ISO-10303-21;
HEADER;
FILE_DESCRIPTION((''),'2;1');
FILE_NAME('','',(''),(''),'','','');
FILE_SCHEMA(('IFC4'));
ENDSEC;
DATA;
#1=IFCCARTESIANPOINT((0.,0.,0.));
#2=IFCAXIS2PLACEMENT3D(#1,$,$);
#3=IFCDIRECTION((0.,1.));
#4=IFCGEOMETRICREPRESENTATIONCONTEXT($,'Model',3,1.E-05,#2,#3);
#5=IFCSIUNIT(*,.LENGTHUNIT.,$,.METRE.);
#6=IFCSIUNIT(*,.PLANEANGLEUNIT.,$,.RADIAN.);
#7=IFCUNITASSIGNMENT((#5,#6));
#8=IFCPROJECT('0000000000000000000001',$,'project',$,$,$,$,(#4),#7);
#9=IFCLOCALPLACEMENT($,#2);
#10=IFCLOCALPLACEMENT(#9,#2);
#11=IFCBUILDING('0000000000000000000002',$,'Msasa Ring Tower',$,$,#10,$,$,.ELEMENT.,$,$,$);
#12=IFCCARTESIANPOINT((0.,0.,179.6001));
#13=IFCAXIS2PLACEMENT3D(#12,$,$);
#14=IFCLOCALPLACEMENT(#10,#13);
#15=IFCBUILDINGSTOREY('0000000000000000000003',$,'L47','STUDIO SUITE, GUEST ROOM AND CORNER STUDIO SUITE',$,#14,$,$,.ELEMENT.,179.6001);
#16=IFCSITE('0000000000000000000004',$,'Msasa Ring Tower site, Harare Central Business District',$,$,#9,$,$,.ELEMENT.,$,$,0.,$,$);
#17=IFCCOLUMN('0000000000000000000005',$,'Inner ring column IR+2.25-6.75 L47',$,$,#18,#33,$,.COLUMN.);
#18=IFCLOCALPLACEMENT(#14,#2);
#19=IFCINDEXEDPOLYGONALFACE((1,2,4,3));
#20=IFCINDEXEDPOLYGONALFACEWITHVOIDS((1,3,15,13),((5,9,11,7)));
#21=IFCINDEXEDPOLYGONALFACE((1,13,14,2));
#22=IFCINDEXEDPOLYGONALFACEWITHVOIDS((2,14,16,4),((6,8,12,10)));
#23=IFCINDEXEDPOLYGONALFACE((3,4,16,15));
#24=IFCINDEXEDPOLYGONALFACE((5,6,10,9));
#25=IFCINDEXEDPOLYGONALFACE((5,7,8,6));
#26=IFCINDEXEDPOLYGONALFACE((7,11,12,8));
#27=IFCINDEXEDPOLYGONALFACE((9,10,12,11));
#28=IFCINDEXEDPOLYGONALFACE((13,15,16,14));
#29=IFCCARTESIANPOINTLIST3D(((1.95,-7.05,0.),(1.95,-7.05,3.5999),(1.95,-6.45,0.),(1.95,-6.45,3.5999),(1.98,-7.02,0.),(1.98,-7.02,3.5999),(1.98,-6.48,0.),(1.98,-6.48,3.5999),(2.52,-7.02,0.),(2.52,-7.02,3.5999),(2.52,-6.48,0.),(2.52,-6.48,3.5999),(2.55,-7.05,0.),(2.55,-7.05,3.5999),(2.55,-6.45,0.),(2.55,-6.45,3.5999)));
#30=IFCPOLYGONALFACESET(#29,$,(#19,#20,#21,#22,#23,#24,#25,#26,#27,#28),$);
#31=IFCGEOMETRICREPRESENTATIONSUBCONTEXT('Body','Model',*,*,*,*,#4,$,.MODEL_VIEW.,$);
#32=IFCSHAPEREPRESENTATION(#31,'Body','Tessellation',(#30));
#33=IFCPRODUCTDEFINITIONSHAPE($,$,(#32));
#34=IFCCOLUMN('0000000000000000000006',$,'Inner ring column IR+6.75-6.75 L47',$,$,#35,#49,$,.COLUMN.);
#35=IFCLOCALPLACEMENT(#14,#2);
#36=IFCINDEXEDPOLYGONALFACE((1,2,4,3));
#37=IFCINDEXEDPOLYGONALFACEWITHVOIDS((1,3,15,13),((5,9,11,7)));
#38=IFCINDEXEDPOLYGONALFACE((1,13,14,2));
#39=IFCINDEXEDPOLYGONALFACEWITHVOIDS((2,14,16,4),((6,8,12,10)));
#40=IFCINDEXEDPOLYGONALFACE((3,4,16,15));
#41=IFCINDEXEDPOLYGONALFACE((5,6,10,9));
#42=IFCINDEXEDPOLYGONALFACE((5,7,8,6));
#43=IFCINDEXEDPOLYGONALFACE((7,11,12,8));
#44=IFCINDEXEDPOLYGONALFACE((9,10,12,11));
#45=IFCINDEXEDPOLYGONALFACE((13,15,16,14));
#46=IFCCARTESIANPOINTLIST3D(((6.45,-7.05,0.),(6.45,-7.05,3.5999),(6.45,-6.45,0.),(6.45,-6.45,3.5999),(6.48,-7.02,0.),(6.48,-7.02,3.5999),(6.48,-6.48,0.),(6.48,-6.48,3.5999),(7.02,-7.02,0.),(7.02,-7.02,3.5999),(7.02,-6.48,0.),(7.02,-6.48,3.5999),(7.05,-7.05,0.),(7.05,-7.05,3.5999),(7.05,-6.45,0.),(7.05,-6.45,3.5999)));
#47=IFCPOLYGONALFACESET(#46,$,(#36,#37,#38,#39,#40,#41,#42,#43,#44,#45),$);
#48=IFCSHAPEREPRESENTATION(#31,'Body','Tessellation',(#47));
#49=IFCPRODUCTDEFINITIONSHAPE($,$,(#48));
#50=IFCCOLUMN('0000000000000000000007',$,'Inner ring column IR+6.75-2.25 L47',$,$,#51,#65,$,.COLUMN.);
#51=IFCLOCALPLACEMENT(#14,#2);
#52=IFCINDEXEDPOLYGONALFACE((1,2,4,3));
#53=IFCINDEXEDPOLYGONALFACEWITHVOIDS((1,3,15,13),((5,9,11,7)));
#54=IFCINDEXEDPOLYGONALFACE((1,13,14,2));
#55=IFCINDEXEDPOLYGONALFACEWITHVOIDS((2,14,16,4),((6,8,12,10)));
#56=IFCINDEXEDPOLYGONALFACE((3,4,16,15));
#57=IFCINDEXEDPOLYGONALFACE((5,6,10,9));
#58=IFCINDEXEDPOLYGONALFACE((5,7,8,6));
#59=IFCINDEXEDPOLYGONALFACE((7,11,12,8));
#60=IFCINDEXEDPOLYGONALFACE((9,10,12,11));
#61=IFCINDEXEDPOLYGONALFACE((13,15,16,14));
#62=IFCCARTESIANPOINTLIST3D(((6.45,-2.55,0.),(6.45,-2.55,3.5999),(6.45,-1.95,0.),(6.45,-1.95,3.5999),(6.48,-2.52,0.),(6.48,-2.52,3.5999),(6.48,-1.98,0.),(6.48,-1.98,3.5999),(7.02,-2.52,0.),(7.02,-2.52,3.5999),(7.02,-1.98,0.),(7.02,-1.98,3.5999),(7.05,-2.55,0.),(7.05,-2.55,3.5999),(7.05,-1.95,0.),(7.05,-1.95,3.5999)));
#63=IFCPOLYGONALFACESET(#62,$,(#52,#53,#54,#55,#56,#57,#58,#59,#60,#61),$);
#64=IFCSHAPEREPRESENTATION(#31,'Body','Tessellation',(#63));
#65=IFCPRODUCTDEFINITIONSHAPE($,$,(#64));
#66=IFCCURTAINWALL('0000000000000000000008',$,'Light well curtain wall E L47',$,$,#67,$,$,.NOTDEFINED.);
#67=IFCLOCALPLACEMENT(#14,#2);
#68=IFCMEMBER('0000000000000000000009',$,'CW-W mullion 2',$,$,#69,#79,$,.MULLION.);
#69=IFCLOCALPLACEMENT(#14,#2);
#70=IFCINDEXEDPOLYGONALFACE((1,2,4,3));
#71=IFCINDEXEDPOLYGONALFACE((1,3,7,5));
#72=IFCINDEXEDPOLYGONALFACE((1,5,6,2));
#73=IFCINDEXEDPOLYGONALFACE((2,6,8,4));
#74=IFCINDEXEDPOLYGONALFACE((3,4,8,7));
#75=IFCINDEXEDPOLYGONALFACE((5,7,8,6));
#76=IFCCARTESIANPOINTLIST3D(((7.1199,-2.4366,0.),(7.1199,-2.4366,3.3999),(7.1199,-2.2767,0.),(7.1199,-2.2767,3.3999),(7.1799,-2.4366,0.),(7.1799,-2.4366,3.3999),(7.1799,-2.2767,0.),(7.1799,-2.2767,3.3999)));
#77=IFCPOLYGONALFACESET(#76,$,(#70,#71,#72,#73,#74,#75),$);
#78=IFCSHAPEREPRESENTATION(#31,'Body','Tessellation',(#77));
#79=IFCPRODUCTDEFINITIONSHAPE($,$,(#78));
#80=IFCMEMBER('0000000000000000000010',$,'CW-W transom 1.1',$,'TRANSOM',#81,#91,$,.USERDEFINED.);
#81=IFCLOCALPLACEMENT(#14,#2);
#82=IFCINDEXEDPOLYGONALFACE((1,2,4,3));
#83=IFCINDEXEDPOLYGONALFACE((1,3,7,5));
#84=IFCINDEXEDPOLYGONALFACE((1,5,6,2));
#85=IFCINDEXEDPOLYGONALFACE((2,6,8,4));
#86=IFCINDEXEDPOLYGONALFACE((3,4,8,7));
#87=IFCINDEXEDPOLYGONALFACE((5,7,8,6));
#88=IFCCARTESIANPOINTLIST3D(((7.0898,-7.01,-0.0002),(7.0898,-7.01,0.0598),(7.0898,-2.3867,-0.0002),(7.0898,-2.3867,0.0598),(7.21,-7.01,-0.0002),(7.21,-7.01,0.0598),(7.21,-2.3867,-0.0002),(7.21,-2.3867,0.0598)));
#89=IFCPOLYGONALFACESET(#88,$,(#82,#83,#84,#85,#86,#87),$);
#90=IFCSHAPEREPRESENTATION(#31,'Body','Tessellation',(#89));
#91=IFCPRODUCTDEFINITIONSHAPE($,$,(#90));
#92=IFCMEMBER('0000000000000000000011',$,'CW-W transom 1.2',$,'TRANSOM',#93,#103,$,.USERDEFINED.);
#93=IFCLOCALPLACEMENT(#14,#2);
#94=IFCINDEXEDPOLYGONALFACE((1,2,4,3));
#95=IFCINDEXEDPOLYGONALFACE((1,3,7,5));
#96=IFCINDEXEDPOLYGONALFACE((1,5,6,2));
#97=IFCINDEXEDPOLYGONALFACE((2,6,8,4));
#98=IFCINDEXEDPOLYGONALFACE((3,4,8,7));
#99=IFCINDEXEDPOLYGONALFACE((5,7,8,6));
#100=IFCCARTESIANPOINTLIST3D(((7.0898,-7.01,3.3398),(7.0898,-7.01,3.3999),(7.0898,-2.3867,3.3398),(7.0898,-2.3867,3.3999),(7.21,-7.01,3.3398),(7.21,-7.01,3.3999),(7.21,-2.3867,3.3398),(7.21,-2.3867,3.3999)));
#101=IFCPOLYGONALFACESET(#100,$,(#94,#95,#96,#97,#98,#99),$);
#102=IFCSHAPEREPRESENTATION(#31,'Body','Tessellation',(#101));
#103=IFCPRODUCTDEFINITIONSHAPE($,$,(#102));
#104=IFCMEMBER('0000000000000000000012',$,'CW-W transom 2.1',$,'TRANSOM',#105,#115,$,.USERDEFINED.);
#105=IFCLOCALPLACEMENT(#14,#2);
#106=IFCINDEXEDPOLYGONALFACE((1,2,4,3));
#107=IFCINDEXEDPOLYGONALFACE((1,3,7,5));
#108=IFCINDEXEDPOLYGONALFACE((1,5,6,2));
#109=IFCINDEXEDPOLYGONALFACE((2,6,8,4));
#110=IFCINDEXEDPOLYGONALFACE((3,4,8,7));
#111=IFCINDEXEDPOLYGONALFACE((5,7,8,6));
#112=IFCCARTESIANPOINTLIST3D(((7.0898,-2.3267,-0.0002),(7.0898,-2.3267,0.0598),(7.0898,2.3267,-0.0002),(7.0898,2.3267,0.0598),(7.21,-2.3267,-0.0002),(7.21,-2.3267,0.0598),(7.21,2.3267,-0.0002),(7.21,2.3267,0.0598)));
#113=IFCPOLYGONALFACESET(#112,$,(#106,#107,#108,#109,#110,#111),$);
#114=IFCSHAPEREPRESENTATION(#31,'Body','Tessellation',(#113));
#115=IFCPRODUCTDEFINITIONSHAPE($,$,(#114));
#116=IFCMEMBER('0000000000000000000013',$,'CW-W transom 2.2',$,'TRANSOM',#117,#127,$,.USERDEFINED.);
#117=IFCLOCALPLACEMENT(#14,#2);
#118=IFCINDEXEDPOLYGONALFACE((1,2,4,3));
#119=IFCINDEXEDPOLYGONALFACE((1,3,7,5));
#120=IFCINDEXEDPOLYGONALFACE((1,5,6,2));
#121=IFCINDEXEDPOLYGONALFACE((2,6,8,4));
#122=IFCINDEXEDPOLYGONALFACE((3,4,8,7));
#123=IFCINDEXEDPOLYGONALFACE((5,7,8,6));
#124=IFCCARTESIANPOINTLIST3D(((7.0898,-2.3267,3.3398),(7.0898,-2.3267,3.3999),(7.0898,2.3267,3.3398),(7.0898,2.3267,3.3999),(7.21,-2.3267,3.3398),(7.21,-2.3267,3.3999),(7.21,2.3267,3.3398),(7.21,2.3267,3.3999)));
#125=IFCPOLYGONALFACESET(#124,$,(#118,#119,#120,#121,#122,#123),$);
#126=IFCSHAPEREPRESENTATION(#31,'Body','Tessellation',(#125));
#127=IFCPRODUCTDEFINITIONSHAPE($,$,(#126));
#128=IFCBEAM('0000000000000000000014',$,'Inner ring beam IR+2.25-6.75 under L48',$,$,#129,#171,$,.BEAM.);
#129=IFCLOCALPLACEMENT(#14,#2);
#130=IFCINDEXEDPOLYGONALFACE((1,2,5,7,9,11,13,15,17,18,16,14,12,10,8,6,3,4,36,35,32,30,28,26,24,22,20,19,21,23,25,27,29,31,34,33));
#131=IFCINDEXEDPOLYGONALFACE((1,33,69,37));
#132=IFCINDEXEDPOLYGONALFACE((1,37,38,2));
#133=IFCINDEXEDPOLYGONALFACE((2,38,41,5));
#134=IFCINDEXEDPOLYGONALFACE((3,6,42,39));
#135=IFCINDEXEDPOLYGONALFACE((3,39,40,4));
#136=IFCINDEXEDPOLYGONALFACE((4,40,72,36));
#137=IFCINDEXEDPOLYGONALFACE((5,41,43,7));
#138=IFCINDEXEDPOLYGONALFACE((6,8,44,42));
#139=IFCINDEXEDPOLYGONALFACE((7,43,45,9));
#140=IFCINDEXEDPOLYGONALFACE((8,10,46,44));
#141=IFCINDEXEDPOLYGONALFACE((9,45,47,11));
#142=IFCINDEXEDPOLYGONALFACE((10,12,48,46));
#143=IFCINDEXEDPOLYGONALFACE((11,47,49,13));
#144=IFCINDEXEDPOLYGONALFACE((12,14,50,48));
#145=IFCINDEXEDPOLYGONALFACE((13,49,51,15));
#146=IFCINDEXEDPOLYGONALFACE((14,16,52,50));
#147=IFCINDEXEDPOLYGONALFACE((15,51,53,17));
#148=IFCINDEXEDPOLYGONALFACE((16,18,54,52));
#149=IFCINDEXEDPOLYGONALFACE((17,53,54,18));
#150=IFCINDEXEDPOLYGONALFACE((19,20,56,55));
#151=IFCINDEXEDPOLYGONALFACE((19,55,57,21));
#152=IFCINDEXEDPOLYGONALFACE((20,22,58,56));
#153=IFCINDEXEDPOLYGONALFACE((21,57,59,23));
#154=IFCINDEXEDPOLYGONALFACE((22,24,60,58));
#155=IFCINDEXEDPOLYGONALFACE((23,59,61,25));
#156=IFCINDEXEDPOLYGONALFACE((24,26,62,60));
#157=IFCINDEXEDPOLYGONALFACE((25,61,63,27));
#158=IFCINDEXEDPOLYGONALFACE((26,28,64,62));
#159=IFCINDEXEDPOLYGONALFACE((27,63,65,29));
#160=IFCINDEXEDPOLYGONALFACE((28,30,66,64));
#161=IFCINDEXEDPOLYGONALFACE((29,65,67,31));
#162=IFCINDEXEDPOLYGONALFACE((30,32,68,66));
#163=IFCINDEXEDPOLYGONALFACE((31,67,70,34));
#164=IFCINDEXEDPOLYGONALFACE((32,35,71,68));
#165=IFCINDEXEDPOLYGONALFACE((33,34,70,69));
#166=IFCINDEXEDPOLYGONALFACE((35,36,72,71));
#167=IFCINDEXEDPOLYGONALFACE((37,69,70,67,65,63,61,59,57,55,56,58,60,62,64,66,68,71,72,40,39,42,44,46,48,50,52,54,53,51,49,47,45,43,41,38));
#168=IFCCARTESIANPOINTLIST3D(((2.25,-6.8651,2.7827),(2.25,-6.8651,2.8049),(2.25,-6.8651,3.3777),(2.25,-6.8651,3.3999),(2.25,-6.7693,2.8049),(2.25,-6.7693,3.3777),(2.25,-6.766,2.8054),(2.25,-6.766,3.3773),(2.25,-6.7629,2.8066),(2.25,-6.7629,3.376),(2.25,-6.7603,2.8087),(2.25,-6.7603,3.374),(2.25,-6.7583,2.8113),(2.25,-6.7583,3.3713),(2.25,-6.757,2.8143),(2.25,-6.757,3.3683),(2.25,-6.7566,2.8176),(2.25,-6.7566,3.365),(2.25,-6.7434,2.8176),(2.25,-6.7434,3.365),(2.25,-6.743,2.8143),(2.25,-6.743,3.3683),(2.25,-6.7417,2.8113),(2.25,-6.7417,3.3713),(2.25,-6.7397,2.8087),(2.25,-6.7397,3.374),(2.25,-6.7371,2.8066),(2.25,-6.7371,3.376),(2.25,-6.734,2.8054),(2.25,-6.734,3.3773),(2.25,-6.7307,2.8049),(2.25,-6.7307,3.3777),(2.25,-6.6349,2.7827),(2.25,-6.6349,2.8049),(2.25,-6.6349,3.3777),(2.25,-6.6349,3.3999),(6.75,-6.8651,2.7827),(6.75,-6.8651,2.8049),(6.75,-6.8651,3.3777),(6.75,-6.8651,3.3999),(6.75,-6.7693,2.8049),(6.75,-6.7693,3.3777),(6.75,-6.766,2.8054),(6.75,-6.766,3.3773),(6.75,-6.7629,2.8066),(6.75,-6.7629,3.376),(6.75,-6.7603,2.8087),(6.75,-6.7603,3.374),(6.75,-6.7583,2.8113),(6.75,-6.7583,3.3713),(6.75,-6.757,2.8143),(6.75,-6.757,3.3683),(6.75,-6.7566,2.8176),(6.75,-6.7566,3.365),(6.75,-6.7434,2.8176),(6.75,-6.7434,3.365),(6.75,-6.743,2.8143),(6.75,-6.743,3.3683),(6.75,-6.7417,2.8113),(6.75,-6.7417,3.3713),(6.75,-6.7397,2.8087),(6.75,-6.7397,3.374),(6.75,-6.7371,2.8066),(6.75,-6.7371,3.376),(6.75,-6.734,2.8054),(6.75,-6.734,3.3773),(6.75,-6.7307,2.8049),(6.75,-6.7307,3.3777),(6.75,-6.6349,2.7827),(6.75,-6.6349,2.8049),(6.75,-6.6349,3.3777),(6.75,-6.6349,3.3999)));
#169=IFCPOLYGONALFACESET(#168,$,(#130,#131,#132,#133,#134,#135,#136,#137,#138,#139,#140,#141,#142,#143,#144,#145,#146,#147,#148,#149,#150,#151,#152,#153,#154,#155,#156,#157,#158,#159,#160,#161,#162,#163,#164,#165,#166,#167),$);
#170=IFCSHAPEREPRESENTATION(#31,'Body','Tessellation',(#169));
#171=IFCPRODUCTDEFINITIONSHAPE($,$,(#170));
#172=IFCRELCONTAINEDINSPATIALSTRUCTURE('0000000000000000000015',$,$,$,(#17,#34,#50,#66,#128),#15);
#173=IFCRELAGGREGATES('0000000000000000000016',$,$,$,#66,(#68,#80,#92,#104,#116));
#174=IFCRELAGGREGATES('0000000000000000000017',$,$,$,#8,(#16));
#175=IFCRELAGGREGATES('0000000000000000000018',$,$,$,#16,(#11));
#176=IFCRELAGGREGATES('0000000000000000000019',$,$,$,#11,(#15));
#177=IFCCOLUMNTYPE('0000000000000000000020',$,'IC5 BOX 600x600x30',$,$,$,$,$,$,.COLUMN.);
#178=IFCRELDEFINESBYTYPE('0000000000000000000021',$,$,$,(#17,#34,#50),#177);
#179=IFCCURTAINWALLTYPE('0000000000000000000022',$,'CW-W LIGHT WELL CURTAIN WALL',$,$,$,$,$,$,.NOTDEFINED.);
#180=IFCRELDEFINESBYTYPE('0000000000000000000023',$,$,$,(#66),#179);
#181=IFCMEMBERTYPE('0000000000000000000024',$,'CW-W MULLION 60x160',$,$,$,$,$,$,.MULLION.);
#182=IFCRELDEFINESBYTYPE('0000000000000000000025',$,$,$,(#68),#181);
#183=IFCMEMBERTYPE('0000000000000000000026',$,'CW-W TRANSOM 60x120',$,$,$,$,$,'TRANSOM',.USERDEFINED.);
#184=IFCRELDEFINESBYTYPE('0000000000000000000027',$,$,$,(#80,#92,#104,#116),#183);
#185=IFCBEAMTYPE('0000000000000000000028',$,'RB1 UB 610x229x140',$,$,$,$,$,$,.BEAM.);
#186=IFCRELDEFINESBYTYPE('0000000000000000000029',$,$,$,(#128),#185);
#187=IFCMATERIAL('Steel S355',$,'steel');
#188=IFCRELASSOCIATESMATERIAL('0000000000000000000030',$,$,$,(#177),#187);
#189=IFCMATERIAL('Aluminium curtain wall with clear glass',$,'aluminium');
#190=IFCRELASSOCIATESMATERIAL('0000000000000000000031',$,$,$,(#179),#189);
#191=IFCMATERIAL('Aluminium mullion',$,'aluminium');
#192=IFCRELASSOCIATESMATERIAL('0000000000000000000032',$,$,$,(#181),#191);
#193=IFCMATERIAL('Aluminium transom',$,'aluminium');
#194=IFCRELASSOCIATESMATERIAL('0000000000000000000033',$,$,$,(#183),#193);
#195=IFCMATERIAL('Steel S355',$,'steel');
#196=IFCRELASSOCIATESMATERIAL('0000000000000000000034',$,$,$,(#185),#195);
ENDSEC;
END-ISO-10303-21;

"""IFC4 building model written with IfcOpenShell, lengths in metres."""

from ifc_helpers import new_model, si_unit, direction, frame, origin, origin_2d, place, context, subcontext, project, spatial, rectangle, hollow_rectangle, i_section, extrude, material, material_profile, profile_set, type_object, element, aggregate, save


model = new_model("IFC4")

# Units and contexts
model_context = context("Model", 3, precision=1e-05, world=origin(), true_north=direction((0.0, 1.0)))
body_context = subcontext(model_context, "Body", "Model", "MODEL_VIEW")
ifc_project = project(units=[si_unit("LENGTHUNIT", "METRE"), si_unit("PLANEANGLEUNIT", "RADIAN")], contexts=[model_context])

# Site, building, storey
site_placement = place(None, origin())
site = spatial("IfcSite", under=ifc_project, at=site_placement, Name="Msasa Ring Tower site, Harare Central Business District", CompositionType="ELEMENT", RefElevation=0.0)
building_placement = place(site_placement, origin())
building = spatial("IfcBuilding", under=site, at=building_placement, Name="Msasa Ring Tower", CompositionType="ELEMENT")
storey_placement = place(building_placement, frame((0.0, 0.0, 179.6001)))
storey = spatial("IfcBuildingStorey", under=building, at=storey_placement, Name="L47", Description="STUDIO SUITE, GUEST ROOM AND CORNER STUDIO SUITE", CompositionType="ELEMENT", Elevation=179.6001)

# Columns
ifc_material_1 = material(Name="Steel S355", Category="steel")
ifc_material_profile_1 = material_profile(ifc_material_1, hollow_rectangle(XDim=0.6001, YDim=0.6001, WallThickness=0.03, at=origin_2d()), Name="BOX 600x600x30")
ifc_profile_set_1 = profile_set([ifc_material_profile_1], Name="Steel S355")
column_type = type_object("IfcColumnType", Name="IC5 BOX 600x600x30", PredefinedType="COLUMN", material=ifc_profile_set_1)
for number, where, z_axis, x_axis, name in (
    (1, (2.25, -6.75, 0.0), (0.0, 0.0, 1.0), (1.0, 0.0, 0.0), "Inner ring column IR+2.25-6.75 L47"),
    (2, (6.75, -6.75, 0.0), (0.0, 0.0, 1.0), (1.0, 0.0, 0.0), "Inner ring column IR+6.75-6.75 L47"),
    (3, (6.75, -2.25, 0.0), (0.0, 0.0, 1.0), (1.0, 0.0, 0.0), "Inner ring column IR+6.75-2.25 L47"),
):
    element("IfcColumn", number, at=place(storey_placement, frame(where, z_axis=z_axis, x_axis=x_axis)), inside=storey, type_object=column_type, Name=name, PredefinedType="COLUMN", context=body_context, shape_type="SweptSolid", body=[
        extrude(hollow_rectangle(XDim=0.6001, YDim=0.6001, WallThickness=0.03, at=origin_2d()), origin(), (0.0, 0.0, 1.0), 3.5999),
    ])

# Curtain wall, members
ifc_material_2 = material(Name="Aluminium curtain wall with clear glass", Category="aluminium")
curtain_wall_type = type_object("IfcCurtainWallType", Name="CW-W LIGHT WELL CURTAIN WALL", PredefinedType="NOTDEFINED", material=ifc_material_2)
curtain_wall_placement = place(storey_placement, origin())
curtain_wall = element("IfcCurtainWall", 4, at=curtain_wall_placement, inside=storey, type_object=curtain_wall_type, Name="Light well curtain wall E L47", PredefinedType="NOTDEFINED")
ifc_material_3 = material(Name="Aluminium mullion", Category="aluminium")
ifc_material_profile_2 = material_profile(ifc_material_3, rectangle(XDim=0.0601, YDim=0.1599, at=origin_2d()), Name="AL 60x160")
ifc_profile_set_2 = profile_set([ifc_material_profile_2], Name="Aluminium mullion")
member_type_1 = type_object("IfcMemberType", Name="CW-W MULLION 60x160", PredefinedType="MULLION", material=ifc_profile_set_2)
member_1_placement = place(storey_placement, frame((7.1499, -2.3567, 0.0), z_axis=(0.0, 0.0, 1.0), x_axis=(-1.0, 0.0, 0.0)))
member_1 = element("IfcMember", 5, at=member_1_placement, type_object=member_type_1, Name="CW-W mullion 2", PredefinedType="MULLION", context=body_context, shape_type="SweptSolid", body=[
    extrude(rectangle(XDim=0.0601, YDim=0.1599, at=origin_2d()), origin(), (0.0, 0.0, 1.0), 3.3999),
])
ifc_material_4 = material(Name="Aluminium transom", Category="aluminium")
ifc_material_profile_3 = material_profile(ifc_material_4, rectangle(XDim=0.1201, YDim=0.0601, at=origin_2d()), Name="AL 60x120")
ifc_profile_set_3 = profile_set([ifc_material_profile_3], Name="Aluminium transom")
member_type_2 = type_object("IfcMemberType", Name="CW-W TRANSOM 60x120", ElementType="TRANSOM", PredefinedType="USERDEFINED", material=ifc_profile_set_3)
member_2_placement = place(storey_placement, frame((7.1499, -7.01, 0.0298), z_axis=(0.0, 1.0, 0.0), x_axis=(-1.0, 0.0, 0.0)))
member_2 = element("IfcMember", 6, at=member_2_placement, type_object=member_type_2, Name="CW-W transom 1.1", ObjectType="TRANSOM", PredefinedType="USERDEFINED", context=body_context, shape_type="SweptSolid", body=[
    extrude(rectangle(XDim=0.1201, YDim=0.0601, at=origin_2d()), origin(), (0.0, 0.0, 1.0), 4.6233),
])
member_3_placement = place(storey_placement, frame((7.1499, -7.01, 3.3699), z_axis=(0.0, 1.0, 0.0), x_axis=(-1.0, 0.0, 0.0)))
member_3 = element("IfcMember", 7, at=member_3_placement, type_object=member_type_2, Name="CW-W transom 1.2", ObjectType="TRANSOM", PredefinedType="USERDEFINED", context=body_context, shape_type="SweptSolid", body=[
    extrude(rectangle(XDim=0.1201, YDim=0.0601, at=origin_2d()), origin(), (0.0, 0.0, 1.0), 4.6233),
])
member_4_placement = place(storey_placement, frame((7.1499, -2.3267, 0.0298), z_axis=(0.0, 1.0, 0.0), x_axis=(-1.0, 0.0, 0.0)))
member_4 = element("IfcMember", 8, at=member_4_placement, type_object=member_type_2, Name="CW-W transom 2.1", ObjectType="TRANSOM", PredefinedType="USERDEFINED", context=body_context, shape_type="SweptSolid", body=[
    extrude(rectangle(XDim=0.1201, YDim=0.0601, at=origin_2d()), origin(), (0.0, 0.0, 1.0), 4.6533),
])
member_5_placement = place(storey_placement, frame((7.1499, -2.3267, 3.3699), z_axis=(0.0, 1.0, 0.0), x_axis=(-1.0, 0.0, 0.0)))
member_5 = element("IfcMember", 9, at=member_5_placement, type_object=member_type_2, Name="CW-W transom 2.2", ObjectType="TRANSOM", PredefinedType="USERDEFINED", context=body_context, shape_type="SweptSolid", body=[
    extrude(rectangle(XDim=0.1201, YDim=0.0601, at=origin_2d()), origin(), (0.0, 0.0, 1.0), 4.6533),
])

# Beam
ifc_material_5 = material(Name="Steel S355", Category="steel")
ifc_material_profile_4 = material_profile(ifc_material_5, i_section(OverallWidth=0.2302, OverallDepth=0.6172, WebThickness=0.0132, FlangeThickness=0.0222, FilletRadius=0.0127, at=origin_2d()), Name="UB 610x229x140")
ifc_profile_set_4 = profile_set([ifc_material_profile_4], Name="Steel S355")
beam_type = type_object("IfcBeamType", Name="RB1 UB 610x229x140", PredefinedType="BEAM", material=ifc_profile_set_4)
for number, where, z_axis, x_axis, name in (
    (10, (2.25, -6.75, 3.0913), (1.0, 0.0, 0.0), (0.0, 1.0, 0.0), "Inner ring beam IR+2.25-6.75 under L48"),
):
    element("IfcBeam", number, at=place(storey_placement, frame(where, z_axis=z_axis, x_axis=x_axis)), inside=storey, type_object=beam_type, Name=name, PredefinedType="BEAM", context=body_context, shape_type="SweptSolid", body=[
        extrude(i_section(OverallWidth=0.2302, OverallDepth=0.6172, WebThickness=0.0132, FlangeThickness=0.0222, FilletRadius=0.0127, at=origin_2d()), origin(), (0.0, 0.0, 1.0), 4.5),
    ])

aggregate(curtain_wall, [member_1, member_2, member_3, member_4, member_5])

save(model, "model.ifc")
